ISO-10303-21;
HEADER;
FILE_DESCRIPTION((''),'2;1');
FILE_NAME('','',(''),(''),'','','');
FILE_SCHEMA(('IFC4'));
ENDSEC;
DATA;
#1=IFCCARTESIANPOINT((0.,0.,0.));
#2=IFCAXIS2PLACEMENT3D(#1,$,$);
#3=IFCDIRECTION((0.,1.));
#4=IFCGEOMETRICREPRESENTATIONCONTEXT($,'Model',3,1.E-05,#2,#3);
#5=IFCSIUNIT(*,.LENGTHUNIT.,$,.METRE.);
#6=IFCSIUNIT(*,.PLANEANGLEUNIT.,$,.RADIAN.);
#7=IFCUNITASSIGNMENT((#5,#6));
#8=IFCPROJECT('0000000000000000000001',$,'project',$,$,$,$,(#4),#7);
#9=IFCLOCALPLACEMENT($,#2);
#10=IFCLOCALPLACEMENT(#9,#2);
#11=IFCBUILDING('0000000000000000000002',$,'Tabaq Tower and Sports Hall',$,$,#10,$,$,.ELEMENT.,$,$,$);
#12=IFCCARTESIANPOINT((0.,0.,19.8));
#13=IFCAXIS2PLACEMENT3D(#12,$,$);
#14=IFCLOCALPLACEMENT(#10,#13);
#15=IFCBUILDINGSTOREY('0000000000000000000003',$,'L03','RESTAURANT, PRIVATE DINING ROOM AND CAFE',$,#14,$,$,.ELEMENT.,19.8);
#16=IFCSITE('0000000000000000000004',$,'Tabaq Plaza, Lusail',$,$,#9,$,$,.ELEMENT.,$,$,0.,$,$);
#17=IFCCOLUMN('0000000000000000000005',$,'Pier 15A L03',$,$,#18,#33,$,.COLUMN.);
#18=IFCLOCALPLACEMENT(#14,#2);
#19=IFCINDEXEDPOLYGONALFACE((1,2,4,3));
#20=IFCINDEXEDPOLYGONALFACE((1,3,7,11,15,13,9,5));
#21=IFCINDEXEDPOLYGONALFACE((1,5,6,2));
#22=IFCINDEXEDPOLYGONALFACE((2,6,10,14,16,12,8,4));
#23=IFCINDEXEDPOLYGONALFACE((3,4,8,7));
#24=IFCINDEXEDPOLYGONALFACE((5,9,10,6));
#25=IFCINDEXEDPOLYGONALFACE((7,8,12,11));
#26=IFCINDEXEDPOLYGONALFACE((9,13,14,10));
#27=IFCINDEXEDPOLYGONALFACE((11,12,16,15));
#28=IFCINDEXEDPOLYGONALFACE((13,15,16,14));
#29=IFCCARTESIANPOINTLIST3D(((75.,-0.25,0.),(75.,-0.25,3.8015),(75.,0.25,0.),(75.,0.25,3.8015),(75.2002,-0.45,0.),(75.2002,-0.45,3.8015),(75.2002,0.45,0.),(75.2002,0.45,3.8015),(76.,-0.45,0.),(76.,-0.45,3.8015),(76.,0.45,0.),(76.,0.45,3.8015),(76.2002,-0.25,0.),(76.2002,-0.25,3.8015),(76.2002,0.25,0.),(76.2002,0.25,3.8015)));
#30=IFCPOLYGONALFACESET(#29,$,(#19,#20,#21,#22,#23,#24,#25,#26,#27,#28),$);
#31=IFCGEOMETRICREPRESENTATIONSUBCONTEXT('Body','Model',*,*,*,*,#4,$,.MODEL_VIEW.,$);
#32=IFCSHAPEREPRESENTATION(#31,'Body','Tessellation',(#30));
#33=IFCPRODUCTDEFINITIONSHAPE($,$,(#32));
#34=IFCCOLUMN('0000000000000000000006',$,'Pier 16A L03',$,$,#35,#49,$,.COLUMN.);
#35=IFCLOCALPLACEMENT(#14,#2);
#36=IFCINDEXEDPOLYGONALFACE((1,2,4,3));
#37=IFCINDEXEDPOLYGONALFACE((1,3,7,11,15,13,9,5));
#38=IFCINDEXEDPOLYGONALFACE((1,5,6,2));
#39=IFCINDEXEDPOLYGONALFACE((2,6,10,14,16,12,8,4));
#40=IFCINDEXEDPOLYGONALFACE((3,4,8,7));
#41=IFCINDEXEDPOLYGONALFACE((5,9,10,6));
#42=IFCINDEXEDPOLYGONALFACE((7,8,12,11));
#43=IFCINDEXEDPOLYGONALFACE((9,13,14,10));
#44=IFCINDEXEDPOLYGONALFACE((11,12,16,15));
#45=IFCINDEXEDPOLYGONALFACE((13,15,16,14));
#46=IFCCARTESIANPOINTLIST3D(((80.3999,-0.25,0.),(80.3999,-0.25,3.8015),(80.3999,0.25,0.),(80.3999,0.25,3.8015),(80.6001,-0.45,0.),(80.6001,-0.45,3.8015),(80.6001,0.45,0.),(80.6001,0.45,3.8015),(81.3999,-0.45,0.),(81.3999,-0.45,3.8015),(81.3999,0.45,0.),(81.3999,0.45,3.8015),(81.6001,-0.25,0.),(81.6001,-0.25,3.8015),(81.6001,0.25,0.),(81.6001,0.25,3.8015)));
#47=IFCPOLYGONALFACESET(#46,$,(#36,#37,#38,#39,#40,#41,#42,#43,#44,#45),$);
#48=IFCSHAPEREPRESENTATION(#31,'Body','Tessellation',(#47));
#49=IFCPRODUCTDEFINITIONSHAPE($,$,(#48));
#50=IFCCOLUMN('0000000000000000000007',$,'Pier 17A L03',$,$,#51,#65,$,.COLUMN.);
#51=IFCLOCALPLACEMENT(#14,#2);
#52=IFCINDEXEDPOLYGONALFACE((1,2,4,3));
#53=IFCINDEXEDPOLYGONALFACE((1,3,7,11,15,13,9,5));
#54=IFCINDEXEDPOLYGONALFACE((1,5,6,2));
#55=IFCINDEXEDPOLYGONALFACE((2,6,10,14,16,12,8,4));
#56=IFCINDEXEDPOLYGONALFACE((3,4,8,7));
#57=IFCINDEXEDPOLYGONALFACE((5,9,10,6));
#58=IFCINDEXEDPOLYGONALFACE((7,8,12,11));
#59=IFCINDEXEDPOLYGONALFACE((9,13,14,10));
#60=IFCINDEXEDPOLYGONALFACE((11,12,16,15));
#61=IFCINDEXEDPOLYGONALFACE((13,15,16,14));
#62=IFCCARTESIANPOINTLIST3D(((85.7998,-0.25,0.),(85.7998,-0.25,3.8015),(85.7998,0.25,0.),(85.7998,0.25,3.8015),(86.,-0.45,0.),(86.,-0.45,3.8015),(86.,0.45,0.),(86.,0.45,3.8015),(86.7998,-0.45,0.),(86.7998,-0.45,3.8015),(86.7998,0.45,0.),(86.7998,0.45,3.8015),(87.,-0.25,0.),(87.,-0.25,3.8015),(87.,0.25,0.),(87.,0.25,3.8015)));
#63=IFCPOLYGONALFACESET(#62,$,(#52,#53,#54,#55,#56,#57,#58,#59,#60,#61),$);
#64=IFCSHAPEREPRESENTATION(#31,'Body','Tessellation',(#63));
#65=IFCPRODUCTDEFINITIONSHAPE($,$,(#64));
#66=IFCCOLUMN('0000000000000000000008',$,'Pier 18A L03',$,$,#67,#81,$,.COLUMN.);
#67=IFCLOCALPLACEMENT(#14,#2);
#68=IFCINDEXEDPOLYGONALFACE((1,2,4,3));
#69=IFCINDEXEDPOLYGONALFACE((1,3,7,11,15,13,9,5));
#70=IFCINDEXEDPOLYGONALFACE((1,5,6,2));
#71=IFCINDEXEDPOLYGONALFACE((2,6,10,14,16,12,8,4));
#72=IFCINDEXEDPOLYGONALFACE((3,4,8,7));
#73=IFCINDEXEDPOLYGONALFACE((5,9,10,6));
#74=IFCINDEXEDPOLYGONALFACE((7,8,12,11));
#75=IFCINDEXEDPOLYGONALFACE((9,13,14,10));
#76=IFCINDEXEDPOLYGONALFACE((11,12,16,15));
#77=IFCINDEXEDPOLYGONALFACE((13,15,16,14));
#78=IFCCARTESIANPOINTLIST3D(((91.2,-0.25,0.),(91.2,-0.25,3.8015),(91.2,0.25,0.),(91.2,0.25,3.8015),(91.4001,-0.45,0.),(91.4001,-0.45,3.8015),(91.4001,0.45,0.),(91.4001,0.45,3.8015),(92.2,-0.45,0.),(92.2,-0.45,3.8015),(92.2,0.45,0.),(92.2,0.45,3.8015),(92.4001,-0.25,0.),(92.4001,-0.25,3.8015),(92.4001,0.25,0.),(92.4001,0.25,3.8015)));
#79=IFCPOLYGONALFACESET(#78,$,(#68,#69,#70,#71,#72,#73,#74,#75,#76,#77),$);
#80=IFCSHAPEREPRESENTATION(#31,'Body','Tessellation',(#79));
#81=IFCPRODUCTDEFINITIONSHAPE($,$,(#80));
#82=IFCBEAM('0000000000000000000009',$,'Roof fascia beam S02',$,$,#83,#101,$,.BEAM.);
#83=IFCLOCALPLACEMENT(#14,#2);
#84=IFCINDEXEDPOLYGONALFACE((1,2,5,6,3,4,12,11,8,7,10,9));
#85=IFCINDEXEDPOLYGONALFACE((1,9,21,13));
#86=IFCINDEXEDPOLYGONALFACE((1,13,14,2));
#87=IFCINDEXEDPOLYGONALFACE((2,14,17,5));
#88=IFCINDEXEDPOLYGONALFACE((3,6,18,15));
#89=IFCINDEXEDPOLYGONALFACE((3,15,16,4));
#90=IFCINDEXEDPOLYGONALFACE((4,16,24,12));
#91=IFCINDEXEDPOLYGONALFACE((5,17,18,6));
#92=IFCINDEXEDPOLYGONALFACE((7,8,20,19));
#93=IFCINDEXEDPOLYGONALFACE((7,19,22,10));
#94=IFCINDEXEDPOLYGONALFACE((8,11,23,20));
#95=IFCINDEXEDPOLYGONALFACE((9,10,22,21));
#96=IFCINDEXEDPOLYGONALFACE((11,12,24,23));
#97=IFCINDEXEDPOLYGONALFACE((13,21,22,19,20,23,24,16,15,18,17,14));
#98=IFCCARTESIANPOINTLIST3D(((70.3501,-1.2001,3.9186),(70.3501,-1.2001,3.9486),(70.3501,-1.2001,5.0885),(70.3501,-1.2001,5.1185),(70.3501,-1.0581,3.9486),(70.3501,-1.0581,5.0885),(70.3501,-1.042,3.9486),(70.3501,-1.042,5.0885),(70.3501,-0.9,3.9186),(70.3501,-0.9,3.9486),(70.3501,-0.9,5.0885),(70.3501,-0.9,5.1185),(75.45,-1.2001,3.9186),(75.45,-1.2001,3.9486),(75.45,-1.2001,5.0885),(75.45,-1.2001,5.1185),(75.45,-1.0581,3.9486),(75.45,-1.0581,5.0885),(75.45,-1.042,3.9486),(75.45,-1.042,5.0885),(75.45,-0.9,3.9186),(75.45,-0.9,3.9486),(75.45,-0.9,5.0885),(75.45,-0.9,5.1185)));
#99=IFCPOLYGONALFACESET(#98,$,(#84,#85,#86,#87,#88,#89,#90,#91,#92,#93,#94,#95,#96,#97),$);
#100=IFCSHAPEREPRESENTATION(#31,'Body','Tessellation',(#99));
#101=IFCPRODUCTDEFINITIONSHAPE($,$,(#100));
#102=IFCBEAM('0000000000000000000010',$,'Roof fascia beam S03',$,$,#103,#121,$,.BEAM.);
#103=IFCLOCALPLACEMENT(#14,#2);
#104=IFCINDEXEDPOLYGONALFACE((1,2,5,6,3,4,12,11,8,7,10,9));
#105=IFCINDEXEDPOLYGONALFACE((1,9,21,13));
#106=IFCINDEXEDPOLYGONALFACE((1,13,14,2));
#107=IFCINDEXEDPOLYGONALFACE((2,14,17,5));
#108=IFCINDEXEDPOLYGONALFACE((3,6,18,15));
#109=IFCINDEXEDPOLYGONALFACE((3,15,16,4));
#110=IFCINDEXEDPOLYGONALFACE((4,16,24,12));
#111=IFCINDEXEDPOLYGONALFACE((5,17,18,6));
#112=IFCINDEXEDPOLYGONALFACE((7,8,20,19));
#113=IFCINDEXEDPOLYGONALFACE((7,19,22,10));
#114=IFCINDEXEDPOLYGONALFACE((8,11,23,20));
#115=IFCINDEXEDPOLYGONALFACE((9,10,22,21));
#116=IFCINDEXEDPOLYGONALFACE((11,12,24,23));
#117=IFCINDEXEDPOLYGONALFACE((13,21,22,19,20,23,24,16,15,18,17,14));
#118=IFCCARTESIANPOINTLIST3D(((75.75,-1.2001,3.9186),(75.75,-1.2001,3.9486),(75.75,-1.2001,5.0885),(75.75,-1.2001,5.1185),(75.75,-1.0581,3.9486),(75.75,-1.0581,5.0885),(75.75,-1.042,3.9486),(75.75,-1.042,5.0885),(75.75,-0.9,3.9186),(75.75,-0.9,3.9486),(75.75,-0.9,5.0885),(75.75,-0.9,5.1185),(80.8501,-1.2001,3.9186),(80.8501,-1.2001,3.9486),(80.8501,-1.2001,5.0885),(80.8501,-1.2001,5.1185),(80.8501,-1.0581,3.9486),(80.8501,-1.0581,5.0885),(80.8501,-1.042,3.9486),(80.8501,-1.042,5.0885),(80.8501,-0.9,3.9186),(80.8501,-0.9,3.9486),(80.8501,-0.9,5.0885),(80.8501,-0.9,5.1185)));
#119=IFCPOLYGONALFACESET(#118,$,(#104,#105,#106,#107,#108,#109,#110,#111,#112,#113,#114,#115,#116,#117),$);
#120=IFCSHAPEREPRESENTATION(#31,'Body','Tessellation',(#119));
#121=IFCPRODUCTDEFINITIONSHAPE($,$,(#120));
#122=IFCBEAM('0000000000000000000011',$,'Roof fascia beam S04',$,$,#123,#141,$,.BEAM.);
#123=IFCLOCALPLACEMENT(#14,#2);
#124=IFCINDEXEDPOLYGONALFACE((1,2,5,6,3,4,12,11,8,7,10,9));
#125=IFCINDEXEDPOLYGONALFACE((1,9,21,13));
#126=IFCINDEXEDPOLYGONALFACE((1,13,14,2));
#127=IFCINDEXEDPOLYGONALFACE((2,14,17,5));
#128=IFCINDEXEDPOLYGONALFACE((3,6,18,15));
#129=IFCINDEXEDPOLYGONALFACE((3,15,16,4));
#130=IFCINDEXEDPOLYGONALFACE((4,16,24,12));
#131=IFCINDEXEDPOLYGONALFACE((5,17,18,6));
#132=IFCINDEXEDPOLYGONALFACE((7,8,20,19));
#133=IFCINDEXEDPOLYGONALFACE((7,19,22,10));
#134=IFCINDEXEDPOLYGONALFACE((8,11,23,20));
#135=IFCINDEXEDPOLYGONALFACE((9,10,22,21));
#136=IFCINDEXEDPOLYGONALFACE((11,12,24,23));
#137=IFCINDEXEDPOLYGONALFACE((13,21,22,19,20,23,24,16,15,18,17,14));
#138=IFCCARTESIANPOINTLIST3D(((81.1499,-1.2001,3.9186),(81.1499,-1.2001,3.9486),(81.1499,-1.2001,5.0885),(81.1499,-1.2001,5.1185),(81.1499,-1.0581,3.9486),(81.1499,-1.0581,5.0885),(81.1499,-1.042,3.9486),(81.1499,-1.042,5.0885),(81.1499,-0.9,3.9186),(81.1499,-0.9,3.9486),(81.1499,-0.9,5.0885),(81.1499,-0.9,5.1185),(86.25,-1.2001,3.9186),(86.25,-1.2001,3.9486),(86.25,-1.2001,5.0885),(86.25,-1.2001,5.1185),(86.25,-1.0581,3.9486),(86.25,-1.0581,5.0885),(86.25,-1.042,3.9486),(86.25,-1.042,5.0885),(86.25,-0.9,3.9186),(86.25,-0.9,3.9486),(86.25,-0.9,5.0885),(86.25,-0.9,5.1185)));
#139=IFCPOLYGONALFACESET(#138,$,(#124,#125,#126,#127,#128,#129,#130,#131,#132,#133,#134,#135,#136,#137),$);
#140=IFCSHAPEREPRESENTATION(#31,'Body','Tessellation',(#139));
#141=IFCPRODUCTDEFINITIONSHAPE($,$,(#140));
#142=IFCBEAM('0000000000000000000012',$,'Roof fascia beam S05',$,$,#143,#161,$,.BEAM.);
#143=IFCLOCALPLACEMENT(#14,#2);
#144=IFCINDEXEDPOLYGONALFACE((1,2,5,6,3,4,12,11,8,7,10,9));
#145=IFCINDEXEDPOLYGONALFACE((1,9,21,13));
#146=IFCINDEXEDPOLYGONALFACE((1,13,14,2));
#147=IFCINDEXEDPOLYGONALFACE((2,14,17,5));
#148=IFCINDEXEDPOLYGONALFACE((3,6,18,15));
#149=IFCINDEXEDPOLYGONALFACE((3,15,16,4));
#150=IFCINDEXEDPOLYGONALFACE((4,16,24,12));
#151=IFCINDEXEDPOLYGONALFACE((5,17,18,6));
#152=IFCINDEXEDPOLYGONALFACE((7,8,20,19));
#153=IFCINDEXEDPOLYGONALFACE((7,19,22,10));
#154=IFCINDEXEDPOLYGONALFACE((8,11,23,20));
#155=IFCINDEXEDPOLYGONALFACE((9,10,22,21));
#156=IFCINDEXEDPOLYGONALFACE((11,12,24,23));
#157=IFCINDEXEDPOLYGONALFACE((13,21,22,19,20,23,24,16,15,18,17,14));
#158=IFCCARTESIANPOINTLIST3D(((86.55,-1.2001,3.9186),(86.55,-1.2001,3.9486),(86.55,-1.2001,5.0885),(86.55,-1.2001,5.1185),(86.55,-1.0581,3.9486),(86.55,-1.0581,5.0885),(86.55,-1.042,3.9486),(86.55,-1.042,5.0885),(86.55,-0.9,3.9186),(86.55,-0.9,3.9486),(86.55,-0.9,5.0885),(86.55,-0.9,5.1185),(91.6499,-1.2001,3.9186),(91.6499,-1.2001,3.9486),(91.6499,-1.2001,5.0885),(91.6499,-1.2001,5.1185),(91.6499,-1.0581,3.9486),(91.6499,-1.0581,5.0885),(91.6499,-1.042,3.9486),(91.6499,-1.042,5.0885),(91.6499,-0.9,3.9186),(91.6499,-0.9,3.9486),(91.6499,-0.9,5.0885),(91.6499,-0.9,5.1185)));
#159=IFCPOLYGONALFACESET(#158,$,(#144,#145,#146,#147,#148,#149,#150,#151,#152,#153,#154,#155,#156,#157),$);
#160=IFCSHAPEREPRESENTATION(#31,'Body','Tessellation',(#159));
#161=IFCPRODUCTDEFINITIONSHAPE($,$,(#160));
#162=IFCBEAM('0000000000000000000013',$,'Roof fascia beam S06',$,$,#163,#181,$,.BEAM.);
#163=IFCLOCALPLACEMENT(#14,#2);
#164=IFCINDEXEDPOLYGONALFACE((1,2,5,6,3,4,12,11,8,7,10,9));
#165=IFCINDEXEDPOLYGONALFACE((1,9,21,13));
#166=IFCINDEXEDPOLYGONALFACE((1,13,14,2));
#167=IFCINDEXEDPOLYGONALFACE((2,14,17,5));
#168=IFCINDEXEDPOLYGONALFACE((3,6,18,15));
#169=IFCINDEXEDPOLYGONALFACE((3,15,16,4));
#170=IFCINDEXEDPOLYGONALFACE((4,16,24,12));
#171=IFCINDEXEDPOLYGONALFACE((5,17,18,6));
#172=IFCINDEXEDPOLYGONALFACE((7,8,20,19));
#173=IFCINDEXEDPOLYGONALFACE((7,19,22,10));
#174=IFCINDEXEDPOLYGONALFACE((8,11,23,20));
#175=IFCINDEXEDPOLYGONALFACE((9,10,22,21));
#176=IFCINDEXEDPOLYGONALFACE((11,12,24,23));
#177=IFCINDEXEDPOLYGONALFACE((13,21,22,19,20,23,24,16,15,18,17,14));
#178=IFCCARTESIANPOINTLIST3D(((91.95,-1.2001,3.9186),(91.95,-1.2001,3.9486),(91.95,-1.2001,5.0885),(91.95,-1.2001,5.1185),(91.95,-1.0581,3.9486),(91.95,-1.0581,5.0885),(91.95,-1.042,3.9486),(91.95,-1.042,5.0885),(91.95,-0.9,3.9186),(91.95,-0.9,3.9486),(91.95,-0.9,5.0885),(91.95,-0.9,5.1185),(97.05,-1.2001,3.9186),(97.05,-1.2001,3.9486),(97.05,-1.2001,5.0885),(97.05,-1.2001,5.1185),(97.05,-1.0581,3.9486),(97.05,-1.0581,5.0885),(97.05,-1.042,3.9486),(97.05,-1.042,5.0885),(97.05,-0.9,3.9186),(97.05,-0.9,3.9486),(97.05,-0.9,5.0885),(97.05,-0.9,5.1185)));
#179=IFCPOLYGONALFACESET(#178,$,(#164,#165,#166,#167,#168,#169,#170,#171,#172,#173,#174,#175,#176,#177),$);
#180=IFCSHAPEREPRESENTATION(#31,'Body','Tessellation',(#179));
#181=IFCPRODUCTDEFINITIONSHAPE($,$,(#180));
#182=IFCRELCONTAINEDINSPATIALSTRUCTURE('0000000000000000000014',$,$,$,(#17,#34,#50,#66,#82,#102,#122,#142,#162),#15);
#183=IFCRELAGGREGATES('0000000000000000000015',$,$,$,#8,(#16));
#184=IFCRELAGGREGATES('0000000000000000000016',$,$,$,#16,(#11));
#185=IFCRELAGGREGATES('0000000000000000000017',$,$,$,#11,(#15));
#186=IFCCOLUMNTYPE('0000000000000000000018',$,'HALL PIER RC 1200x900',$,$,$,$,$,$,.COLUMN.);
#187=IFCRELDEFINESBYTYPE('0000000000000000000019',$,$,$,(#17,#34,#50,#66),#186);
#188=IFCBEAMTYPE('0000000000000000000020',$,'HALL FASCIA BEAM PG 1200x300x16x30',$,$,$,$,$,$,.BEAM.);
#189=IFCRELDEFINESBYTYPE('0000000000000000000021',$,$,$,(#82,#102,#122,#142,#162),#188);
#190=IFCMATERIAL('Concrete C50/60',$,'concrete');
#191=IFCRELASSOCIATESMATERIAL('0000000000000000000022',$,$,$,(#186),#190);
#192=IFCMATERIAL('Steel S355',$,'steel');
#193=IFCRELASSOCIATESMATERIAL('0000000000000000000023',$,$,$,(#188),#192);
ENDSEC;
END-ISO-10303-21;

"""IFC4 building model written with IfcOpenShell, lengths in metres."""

from ifc_helpers import new_model, si_unit, direction, frame, origin, origin_2d, place, context, subcontext, project, spatial, polyline, i_section, outline, extrude, material, material_profile, profile_set, type_object, element, save


model = new_model("IFC4")

# Units and contexts
model_context = context("Model", 3, precision=1e-05, world=origin(), true_north=direction((0.0, 1.0)))
body_context = subcontext(model_context, "Body", "Model", "MODEL_VIEW")
ifc_project = project(units=[si_unit("LENGTHUNIT", "METRE"), si_unit("PLANEANGLEUNIT", "RADIAN")], contexts=[model_context])

# Site, building, storey
site_placement = place(None, origin())
site = spatial("IfcSite", under=ifc_project, at=site_placement, Name="Tabaq Plaza, Lusail", CompositionType="ELEMENT", RefElevation=0.0)
building_placement = place(site_placement, origin())
building = spatial("IfcBuilding", under=site, at=building_placement, Name="Tabaq Tower and Sports Hall", CompositionType="ELEMENT")
storey_placement = place(building_placement, frame((0.0, 0.0, 19.8)))
storey = spatial("IfcBuildingStorey", under=building, at=storey_placement, Name="L03", Description="RESTAURANT, PRIVATE DINING ROOM AND CAFE", CompositionType="ELEMENT", Elevation=19.8)

# Columns
ifc_material_1 = material(Name="Concrete C50/60", Category="concrete")
ifc_material_profile_1 = material_profile(ifc_material_1, outline(polyline([(-0.3999, -0.45), (0.3999, -0.45), (0.6001, -0.25), (0.6001, 0.25), (0.3999, 0.45), (-0.3999, 0.45), (-0.6001, 0.25), (-0.6001, -0.25), (-0.3999, -0.45)])), Name="PIER 1200x900")
ifc_profile_set_1 = profile_set([ifc_material_profile_1], Name="Concrete C50/60")
column_type = type_object("IfcColumnType", Name="HALL PIER RC 1200x900", PredefinedType="COLUMN", material=ifc_profile_set_1)
for number, where, z_axis, x_axis, name in (
    (1, (75.6001, 0.0, 0.0), (0.0, 0.0, 1.0), (1.0, 0.0, 0.0), "Pier 15A L03"),
    (2, (81.0, 0.0, 0.0), (0.0, 0.0, 1.0), (1.0, 0.0, 0.0), "Pier 16A L03"),
    (3, (86.3999, 0.0, 0.0), (0.0, 0.0, 1.0), (1.0, 0.0, 0.0), "Pier 17A L03"),
    (4, (91.8, 0.0, 0.0), (0.0, 0.0, 1.0), (1.0, 0.0, 0.0), "Pier 18A L03"),
):
    element("IfcColumn", number, at=place(storey_placement, frame(where, z_axis=z_axis, x_axis=x_axis)), inside=storey, type_object=column_type, Name=name, PredefinedType="COLUMN", context=body_context, shape_type="SweptSolid", body=[
        extrude(outline(polyline([(-0.3999, -0.45), (0.3999, -0.45), (0.6001, -0.25), (0.6001, 0.25), (0.3999, 0.45), (-0.3999, 0.45), (-0.6001, 0.25), (-0.6001, -0.25), (-0.3999, -0.45)])), origin(), (0.0, 0.0, 1.0), 3.8015),
    ])

# Beams
ifc_material_2 = material(Name="Steel S355", Category="steel")
ifc_material_profile_2 = material_profile(ifc_material_2, i_section(OverallWidth=0.3, OverallDepth=1.2, WebThickness=0.0161, FlangeThickness=0.03, at=origin_2d()), Name="PG 1200x300x16x30")
ifc_profile_set_2 = profile_set([ifc_material_profile_2], Name="Steel S355")
beam_type_1 = type_object("IfcBeamType", Name="HALL FASCIA BEAM PG 1200x300x16x30", PredefinedType="BEAM", material=ifc_profile_set_2)
beam_1_placement = place(storey_placement, frame((70.3501, -1.05, 4.5186), z_axis=(1.0, 0.0, 0.0), x_axis=(0.0, 1.0, 0.0)))
element("IfcBeam", 5, at=beam_1_placement, inside=storey, type_object=beam_type_1, Name="Roof fascia beam S02", PredefinedType="BEAM", context=body_context, shape_type="SweptSolid", body=[
    extrude(i_section(OverallWidth=0.3, OverallDepth=1.2, WebThickness=0.0161, FlangeThickness=0.03, at=origin_2d()), origin(), (0.0, 0.0, 1.0), 5.0999),
])
for number, where, z_axis, x_axis, name in (
    (6, (75.75, -1.05, 4.5186), (1.0, 0.0, 0.0), (0.0, 1.0, 0.0), "Roof fascia beam S03"),
    (7, (81.1499, -1.05, 4.5186), (1.0, 0.0, 0.0), (0.0, 1.0, 0.0), "Roof fascia beam S04"),
):
    element("IfcBeam", number, at=place(storey_placement, frame(where, z_axis=z_axis, x_axis=x_axis)), inside=storey, type_object=beam_type_1, Name=name, PredefinedType="BEAM", context=body_context, shape_type="SweptSolid", body=[
        extrude(i_section(OverallWidth=0.3, OverallDepth=1.2, WebThickness=0.0161, FlangeThickness=0.03, at=origin_2d()), origin(), (0.0, 0.0, 1.0), 5.1001),
    ])
beam_2_placement = place(storey_placement, frame((86.55, -1.05, 4.5186), z_axis=(1.0, 0.0, 0.0), x_axis=(0.0, 1.0, 0.0)))
element("IfcBeam", 8, at=beam_2_placement, inside=storey, type_object=beam_type_1, Name="Roof fascia beam S05", PredefinedType="BEAM", context=body_context, shape_type="SweptSolid", body=[
    extrude(i_section(OverallWidth=0.3, OverallDepth=1.2, WebThickness=0.0161, FlangeThickness=0.03, at=origin_2d()), origin(), (0.0, 0.0, 1.0), 5.0999),
])
beam_3_placement = place(storey_placement, frame((91.95, -1.05, 4.5186), z_axis=(1.0, 0.0, 0.0), x_axis=(0.0, 1.0, 0.0)))
element("IfcBeam", 9, at=beam_3_placement, inside=storey, type_object=beam_type_1, Name="Roof fascia beam S06", PredefinedType="BEAM", context=body_context, shape_type="SweptSolid", body=[
    extrude(i_section(OverallWidth=0.3, OverallDepth=1.2, WebThickness=0.0161, FlangeThickness=0.03, at=origin_2d()), origin(), (0.0, 0.0, 1.0), 5.1001),
])

save(model, "model.ifc")
